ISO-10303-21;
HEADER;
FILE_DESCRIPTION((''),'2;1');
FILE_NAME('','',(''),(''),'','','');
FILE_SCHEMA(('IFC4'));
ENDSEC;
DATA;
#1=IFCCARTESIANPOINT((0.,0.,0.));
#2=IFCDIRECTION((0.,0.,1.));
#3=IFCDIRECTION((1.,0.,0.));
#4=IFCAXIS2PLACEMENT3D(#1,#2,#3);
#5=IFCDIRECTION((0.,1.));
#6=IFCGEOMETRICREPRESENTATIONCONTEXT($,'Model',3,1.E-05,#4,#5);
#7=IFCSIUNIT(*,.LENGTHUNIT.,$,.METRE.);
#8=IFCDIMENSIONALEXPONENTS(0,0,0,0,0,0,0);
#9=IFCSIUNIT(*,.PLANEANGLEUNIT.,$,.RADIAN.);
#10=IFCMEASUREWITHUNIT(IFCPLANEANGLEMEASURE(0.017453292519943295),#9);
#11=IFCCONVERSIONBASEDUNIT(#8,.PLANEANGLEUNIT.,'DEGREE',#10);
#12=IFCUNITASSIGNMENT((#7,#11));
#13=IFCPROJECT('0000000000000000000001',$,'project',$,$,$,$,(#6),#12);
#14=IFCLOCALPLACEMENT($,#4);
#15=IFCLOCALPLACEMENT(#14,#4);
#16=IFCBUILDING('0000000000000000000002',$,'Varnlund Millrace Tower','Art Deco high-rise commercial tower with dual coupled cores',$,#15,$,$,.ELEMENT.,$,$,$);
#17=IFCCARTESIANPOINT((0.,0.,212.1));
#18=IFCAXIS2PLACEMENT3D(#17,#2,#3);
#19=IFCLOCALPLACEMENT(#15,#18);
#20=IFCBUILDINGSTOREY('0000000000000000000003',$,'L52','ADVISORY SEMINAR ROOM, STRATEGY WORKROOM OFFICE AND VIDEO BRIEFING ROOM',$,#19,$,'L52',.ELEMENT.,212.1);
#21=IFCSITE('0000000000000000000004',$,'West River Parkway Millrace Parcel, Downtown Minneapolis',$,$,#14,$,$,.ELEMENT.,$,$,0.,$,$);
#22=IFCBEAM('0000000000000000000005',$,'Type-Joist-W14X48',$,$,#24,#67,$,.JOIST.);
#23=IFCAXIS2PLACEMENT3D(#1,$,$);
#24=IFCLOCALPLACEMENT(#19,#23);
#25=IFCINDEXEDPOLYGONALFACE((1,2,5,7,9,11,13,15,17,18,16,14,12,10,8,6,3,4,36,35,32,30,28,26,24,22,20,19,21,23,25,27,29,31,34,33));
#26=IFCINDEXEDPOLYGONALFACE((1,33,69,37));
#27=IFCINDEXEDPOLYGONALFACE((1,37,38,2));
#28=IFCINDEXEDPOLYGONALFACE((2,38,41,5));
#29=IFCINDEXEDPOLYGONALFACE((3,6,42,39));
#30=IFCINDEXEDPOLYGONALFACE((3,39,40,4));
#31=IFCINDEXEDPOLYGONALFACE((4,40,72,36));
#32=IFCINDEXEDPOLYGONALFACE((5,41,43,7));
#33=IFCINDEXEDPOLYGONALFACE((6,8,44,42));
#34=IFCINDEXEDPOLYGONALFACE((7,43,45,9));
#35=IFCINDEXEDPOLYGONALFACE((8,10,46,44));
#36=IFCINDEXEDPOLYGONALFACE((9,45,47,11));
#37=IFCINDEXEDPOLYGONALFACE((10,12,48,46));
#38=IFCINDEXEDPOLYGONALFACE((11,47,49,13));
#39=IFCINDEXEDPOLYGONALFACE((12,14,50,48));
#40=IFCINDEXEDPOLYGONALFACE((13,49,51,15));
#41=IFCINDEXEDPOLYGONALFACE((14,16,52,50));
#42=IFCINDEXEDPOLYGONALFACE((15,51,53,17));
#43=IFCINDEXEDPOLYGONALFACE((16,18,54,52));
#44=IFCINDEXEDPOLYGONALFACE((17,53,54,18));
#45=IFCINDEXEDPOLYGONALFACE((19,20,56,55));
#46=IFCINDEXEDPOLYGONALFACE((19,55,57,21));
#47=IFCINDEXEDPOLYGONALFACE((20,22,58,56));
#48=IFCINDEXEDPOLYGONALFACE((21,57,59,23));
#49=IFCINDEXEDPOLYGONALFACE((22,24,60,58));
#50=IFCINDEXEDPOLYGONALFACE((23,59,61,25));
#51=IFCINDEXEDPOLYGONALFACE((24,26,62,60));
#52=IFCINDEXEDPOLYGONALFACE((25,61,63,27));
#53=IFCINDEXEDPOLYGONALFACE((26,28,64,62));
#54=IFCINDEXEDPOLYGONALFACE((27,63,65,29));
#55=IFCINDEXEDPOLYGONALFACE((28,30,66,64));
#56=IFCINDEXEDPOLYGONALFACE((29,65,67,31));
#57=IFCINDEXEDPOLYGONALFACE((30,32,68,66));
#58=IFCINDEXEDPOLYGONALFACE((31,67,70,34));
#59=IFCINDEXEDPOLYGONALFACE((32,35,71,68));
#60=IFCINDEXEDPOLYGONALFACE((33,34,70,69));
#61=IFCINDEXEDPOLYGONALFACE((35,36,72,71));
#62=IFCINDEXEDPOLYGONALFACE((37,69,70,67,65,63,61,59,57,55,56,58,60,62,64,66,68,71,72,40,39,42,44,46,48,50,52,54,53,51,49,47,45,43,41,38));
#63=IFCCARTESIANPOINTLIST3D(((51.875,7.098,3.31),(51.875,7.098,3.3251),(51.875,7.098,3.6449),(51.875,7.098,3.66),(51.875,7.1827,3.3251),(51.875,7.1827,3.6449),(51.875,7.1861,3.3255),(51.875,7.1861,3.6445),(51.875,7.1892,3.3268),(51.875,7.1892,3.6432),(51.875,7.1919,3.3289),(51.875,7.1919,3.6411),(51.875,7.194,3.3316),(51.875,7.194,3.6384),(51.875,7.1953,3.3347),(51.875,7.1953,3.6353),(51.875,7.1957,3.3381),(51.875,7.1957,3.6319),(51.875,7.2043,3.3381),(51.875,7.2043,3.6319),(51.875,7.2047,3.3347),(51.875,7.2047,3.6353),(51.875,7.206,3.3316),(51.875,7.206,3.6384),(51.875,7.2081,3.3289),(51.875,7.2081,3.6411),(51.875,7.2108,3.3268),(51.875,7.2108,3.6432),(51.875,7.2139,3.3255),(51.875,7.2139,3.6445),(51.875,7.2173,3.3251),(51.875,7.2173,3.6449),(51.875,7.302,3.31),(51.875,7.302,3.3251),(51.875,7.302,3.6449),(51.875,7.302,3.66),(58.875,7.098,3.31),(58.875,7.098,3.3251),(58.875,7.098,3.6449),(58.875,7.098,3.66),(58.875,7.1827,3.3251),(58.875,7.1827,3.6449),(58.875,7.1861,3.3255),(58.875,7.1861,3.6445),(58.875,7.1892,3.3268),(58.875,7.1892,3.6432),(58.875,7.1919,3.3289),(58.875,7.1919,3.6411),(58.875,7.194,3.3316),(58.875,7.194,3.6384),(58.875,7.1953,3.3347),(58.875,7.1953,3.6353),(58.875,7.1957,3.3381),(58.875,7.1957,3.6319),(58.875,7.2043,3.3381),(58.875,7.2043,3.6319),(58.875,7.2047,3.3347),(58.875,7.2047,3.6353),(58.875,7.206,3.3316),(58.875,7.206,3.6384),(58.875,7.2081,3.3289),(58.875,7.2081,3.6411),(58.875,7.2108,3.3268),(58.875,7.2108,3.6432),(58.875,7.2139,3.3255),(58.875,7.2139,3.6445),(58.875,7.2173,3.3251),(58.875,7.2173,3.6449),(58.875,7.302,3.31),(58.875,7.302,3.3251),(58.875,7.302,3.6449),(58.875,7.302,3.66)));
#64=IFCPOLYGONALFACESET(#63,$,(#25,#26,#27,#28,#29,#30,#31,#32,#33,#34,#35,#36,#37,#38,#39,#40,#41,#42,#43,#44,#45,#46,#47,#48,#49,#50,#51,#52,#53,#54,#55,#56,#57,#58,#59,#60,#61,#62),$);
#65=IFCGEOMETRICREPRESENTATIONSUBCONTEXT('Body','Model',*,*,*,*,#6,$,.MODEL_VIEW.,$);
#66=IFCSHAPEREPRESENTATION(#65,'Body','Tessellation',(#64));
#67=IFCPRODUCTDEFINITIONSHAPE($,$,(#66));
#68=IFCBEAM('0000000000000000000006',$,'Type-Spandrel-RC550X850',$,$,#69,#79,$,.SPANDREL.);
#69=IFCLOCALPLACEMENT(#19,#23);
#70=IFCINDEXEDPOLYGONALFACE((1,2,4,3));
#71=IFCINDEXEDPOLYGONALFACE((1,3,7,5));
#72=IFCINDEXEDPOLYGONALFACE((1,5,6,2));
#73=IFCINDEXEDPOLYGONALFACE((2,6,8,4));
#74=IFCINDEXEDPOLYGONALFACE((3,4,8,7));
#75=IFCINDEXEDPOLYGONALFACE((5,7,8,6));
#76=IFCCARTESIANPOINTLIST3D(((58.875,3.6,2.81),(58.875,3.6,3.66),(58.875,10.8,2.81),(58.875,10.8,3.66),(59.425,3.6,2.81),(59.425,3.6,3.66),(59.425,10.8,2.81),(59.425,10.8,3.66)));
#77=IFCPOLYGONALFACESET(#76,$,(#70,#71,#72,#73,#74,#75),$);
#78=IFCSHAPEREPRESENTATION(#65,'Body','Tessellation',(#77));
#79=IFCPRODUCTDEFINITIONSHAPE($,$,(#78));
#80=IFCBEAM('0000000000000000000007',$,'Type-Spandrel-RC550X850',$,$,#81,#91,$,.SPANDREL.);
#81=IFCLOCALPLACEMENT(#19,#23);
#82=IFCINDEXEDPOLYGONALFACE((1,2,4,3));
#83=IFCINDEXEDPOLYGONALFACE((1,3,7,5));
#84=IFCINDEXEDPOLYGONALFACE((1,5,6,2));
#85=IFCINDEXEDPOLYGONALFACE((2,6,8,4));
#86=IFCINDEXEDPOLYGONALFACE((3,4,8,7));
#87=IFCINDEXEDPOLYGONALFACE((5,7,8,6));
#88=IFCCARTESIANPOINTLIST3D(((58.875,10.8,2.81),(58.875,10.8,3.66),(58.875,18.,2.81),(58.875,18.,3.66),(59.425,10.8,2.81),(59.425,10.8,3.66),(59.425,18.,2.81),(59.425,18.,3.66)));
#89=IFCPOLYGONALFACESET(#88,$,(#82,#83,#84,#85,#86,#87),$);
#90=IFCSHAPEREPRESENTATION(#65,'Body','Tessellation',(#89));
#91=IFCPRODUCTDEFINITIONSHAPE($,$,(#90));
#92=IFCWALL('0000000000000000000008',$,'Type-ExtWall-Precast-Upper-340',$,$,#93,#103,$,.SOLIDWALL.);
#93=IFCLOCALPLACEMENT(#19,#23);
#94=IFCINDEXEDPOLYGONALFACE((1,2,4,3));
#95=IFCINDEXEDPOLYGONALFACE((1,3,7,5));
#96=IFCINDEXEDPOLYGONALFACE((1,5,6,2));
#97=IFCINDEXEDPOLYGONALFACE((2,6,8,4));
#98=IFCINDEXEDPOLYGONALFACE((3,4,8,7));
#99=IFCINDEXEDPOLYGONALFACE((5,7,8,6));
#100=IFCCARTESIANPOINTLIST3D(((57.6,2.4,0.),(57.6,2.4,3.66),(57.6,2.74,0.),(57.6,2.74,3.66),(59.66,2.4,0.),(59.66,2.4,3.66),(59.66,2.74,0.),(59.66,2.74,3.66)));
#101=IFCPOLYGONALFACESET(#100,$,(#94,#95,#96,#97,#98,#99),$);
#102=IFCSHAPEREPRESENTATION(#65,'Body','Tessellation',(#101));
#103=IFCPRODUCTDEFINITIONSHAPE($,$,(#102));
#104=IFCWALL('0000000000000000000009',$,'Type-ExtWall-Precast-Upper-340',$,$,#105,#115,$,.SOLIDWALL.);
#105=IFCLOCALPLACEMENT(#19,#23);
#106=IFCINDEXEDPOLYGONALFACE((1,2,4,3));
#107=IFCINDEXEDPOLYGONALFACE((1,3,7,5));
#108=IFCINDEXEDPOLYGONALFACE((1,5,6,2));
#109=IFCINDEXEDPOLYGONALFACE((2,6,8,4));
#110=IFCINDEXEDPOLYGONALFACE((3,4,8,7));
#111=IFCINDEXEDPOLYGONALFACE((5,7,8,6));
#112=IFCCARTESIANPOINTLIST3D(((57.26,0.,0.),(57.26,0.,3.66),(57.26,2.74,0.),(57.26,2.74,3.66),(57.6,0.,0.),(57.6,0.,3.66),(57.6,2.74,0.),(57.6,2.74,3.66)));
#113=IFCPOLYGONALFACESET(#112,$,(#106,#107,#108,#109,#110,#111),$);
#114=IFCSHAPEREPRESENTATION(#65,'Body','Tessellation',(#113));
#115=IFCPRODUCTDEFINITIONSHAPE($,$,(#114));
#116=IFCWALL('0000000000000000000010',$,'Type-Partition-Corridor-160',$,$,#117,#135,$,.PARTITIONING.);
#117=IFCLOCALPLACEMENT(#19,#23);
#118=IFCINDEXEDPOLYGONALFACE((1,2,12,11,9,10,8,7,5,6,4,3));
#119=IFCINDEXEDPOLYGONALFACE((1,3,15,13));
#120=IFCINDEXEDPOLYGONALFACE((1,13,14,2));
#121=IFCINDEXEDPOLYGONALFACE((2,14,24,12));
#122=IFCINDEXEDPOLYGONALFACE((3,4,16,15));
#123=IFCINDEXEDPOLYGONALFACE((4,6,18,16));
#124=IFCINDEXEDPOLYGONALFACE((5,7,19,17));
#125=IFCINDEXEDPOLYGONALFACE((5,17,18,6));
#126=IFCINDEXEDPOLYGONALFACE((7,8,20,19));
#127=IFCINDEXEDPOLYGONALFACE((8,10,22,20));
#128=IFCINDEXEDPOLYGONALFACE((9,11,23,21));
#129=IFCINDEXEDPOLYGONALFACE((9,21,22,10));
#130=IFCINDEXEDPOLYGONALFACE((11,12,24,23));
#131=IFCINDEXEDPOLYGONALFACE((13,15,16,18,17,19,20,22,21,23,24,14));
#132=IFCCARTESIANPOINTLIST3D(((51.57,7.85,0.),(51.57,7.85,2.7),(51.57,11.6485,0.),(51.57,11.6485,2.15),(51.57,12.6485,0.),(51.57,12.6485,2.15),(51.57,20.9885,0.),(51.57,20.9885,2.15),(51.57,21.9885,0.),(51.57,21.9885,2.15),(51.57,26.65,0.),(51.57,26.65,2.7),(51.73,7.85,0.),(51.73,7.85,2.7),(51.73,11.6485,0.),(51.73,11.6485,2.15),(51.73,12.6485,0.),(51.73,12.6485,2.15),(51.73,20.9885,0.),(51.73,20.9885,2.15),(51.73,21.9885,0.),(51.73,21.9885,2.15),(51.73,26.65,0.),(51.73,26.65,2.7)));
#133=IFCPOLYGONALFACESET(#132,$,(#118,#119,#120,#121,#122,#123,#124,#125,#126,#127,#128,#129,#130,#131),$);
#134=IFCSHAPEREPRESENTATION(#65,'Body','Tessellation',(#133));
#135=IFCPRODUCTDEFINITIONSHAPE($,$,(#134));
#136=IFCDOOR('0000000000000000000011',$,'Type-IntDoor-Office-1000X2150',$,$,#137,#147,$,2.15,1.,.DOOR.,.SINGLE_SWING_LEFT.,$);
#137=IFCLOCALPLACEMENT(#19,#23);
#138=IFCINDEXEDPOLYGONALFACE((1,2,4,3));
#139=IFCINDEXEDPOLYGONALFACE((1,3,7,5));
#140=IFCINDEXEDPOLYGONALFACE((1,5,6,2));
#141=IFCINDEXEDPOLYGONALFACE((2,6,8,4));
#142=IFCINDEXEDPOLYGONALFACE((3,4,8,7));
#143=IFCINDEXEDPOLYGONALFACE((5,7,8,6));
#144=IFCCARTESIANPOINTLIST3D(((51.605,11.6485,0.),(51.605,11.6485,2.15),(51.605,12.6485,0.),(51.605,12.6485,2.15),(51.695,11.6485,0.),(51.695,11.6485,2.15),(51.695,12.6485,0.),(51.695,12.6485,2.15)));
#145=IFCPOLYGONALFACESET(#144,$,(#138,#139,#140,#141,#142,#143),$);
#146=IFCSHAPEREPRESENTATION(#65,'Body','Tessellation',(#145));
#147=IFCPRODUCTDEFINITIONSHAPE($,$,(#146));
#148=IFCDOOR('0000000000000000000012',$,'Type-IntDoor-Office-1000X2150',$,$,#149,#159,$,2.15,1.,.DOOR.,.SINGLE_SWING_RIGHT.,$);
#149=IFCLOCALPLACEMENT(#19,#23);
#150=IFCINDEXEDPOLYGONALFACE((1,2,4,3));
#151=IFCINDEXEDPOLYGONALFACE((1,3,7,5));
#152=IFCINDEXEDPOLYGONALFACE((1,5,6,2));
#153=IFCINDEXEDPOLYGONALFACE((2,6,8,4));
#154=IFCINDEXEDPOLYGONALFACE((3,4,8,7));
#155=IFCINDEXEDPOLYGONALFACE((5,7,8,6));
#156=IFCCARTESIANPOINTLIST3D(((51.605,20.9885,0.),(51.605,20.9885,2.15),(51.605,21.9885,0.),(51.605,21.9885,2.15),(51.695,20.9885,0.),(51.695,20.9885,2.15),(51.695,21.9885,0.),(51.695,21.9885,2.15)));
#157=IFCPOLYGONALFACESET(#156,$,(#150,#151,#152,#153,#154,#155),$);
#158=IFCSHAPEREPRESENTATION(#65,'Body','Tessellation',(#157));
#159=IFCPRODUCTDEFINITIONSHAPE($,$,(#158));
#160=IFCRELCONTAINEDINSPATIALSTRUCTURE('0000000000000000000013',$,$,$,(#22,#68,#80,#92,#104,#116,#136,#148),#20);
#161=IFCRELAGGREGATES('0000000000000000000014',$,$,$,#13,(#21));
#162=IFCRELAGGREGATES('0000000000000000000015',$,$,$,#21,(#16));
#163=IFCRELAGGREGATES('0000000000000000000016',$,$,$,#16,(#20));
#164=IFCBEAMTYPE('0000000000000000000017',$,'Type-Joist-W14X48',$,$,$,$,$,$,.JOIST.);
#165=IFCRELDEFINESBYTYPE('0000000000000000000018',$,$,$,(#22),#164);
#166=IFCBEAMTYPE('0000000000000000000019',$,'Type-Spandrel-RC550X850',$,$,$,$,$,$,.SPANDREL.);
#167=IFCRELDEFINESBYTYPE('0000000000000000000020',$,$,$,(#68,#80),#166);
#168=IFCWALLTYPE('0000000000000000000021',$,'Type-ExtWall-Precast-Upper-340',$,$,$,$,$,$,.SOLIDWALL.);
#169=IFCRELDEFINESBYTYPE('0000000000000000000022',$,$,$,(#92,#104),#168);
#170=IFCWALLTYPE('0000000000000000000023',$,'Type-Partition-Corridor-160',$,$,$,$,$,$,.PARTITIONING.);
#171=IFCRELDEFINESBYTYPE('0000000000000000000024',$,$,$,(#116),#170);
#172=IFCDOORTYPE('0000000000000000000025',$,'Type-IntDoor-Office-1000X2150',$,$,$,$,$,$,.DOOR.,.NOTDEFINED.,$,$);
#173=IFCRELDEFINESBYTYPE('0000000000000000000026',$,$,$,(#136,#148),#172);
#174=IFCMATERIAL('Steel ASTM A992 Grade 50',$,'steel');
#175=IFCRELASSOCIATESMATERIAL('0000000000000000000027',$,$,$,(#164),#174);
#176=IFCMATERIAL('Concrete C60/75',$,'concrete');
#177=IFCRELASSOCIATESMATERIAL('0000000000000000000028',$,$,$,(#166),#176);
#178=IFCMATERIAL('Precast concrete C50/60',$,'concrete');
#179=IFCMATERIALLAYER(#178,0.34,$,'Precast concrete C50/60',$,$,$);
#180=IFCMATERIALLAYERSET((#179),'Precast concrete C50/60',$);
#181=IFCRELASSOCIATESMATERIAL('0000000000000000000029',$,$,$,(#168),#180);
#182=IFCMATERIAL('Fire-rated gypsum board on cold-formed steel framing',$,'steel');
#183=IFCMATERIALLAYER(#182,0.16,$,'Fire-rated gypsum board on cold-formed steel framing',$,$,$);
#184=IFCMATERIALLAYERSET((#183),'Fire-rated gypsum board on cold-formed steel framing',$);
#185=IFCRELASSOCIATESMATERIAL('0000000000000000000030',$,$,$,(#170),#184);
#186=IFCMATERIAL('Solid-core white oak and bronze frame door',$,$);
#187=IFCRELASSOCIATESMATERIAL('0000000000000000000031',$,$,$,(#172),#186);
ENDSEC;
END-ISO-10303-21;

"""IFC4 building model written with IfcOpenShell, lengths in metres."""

from ifc_helpers import new_model, entity, si_unit, converted_unit, direction, frame, origin_with_axes, origin_2d_with_axis, place, context, subcontext, project, spatial, polyline, rectangle, i_section, outline, extrude, material, layer, layer_set, material_profile, profile_set, type_object, element, fill, save


model = new_model("IFC4")

# Units and contexts
model_context = context("Model", 3, precision=1e-05, world=origin_with_axes(), true_north=direction((0.0, 1.0)))
body_context = subcontext(model_context, "Body", "Model", "MODEL_VIEW")
ifc_project = project(units=[si_unit("LENGTHUNIT", "METRE"), converted_unit("PLANEANGLEUNIT", "DEGREE", entity("IfcPlaneAngleMeasure", 0.017453292519943295), si_unit("PLANEANGLEUNIT", "RADIAN"), dimensions=[0, 0, 0, 0, 0, 0, 0])], contexts=[model_context])

# Site, building, storey
site_placement = place(None, origin_with_axes())
site = spatial("IfcSite", under=ifc_project, at=site_placement, Name="West River Parkway Millrace Parcel, Downtown Minneapolis", CompositionType="ELEMENT", RefElevation=0.0)
building_placement = place(site_placement, origin_with_axes())
building = spatial("IfcBuilding", under=site, at=building_placement, Name="Varnlund Millrace Tower", Description="Art Deco high-rise commercial tower with dual coupled cores", CompositionType="ELEMENT")
storey_placement = place(building_placement, frame((0.0, 0.0, 212.1), z_axis=(0.0, 0.0, 1.0), x_axis=(1.0, 0.0, 0.0)))
storey = spatial("IfcBuildingStorey", under=building, at=storey_placement, Name="L52", Description="ADVISORY SEMINAR ROOM, STRATEGY WORKROOM OFFICE AND VIDEO BRIEFING ROOM", LongName="L52", CompositionType="ELEMENT", Elevation=212.1)

# Beams
ifc_material_1 = material(Name="Steel ASTM A992 Grade 50", Category="steel")
ifc_material_profile_1 = material_profile(ifc_material_1, i_section(OverallWidth=0.204, OverallDepth=0.35, WebThickness=0.0086, FlangeThickness=0.0151, FilletRadius=0.013, at=origin_2d_with_axis()), Name="Steel ASTM A992 Grade 50")
ifc_profile_set_1 = profile_set([ifc_material_profile_1], Name="Steel ASTM A992 Grade 50")
beam_type_1 = type_object("IfcBeamType", Name="Type-Joist-W14X48", PredefinedType="JOIST", material=ifc_profile_set_1)
beam_placement = place(storey_placement, frame((51.875, 7.2, 3.485), z_axis=(1.0, 0.0, 0.0), x_axis=(0.0, 1.0, 0.0)))
element("IfcBeam", 1, at=beam_placement, inside=storey, type_object=beam_type_1, Name="Type-Joist-W14X48", PredefinedType="JOIST", context=body_context, shape_type="SweptSolid", body=[
    extrude(i_section(OverallWidth=0.204, OverallDepth=0.35, WebThickness=0.0086, FlangeThickness=0.0151, FilletRadius=0.013, at=origin_2d_with_axis()), origin_with_axes(), (0.0, 0.0, 1.0), 7.0),
])
ifc_material_2 = material(Name="Concrete C60/75", Category="concrete")
ifc_material_profile_2 = material_profile(ifc_material_2, rectangle(XDim=0.55, YDim=0.85, at=origin_2d_with_axis()), Name="Concrete C60/75")
ifc_profile_set_2 = profile_set([ifc_material_profile_2], Name="Concrete C60/75")
beam_type_2 = type_object("IfcBeamType", Name="Type-Spandrel-RC550X850", PredefinedType="SPANDREL", material=ifc_profile_set_2)
for number, where, z_axis, x_axis, name in (
    (2, (59.15, 3.6, 3.235), (0.0, 1.0, 0.0), (-1.0, 0.0, 0.0), "Type-Spandrel-RC550X850"),
    (3, (59.15, 10.8, 3.235), (0.0, 1.0, 0.0), (-1.0, 0.0, 0.0), "Type-Spandrel-RC550X850"),
):
    element("IfcBeam", number, at=place(storey_placement, frame(where, z_axis=z_axis, x_axis=x_axis)), inside=storey, type_object=beam_type_2, Name=name, PredefinedType="SPANDREL", context=body_context, shape_type="SweptSolid", body=[
        extrude(rectangle(XDim=0.55, YDim=0.85, at=origin_2d_with_axis()), origin_with_axes(), (0.0, 0.0, 1.0), 7.2),
    ])

# Walls
ifc_material_3 = material(Name="Precast concrete C50/60", Category="concrete")
ifc_layer_1 = layer(ifc_material_3, 0.34, Name="Precast concrete C50/60")
ifc_layer_set_1 = layer_set([ifc_layer_1], Name="Precast concrete C50/60")
wall_type_1 = type_object("IfcWallType", Name="Type-ExtWall-Precast-Upper-340", PredefinedType="SOLIDWALL", material=ifc_layer_set_1)
wall_1_placement = place(storey_placement, frame((59.66, 2.57, 0.0), z_axis=(0.0, 0.0, 1.0), x_axis=(-1.0, 0.0, 0.0)))
element("IfcWall", 4, at=wall_1_placement, inside=storey, type_object=wall_type_1, Name="Type-ExtWall-Precast-Upper-340", PredefinedType="SOLIDWALL", context=body_context, shape_type="SweptSolid", body=[
    extrude(outline(polyline([(0.0, -0.17), (2.06, -0.17), (2.06, 0.17), (0.0, 0.17), (0.0, -0.17)])), origin_with_axes(), (0.0, 0.0, 1.0), 3.66),
])
wall_2_placement = place(storey_placement, frame((57.43, 2.74, 0.0), z_axis=(0.0, 0.0, 1.0), x_axis=(0.0, -1.0, 0.0)))
element("IfcWall", 5, at=wall_2_placement, inside=storey, type_object=wall_type_1, Name="Type-ExtWall-Precast-Upper-340", PredefinedType="SOLIDWALL", context=body_context, shape_type="SweptSolid", body=[
    extrude(outline(polyline([(0.0, -0.17), (2.74, -0.17), (2.74, 0.17), (0.0, 0.17), (0.0, -0.17)])), origin_with_axes(), (0.0, 0.0, 1.0), 3.66),
])

# Wall, openings, doors
ifc_material_4 = material(Name="Fire-rated gypsum board on cold-formed steel framing", Category="steel")
ifc_layer_2 = layer(ifc_material_4, 0.16, Name="Fire-rated gypsum board on cold-formed steel framing")
ifc_layer_set_2 = layer_set([ifc_layer_2], Name="Fire-rated gypsum board on cold-formed steel framing")
wall_type_2 = type_object("IfcWallType", Name="Type-Partition-Corridor-160", PredefinedType="PARTITIONING", material=ifc_layer_set_2)
wall_3_placement = place(storey_placement, frame((51.65, 7.85, 0.0), z_axis=(0.0, 0.0, 1.0), x_axis=(0.0, 1.0, 0.0)))
wall_3 = element("IfcWall", 6, at=wall_3_placement, inside=storey, type_object=wall_type_2, Name="Type-Partition-Corridor-160", PredefinedType="PARTITIONING", context=body_context, shape_type="SweptSolid", body=[
    extrude(outline(polyline([(0.0, -0.08), (18.8, -0.08), (18.8, 0.08), (0.0, 0.08), (0.0, -0.08)])), origin_with_axes(), (0.0, 0.0, 1.0), 2.7),
])
opening_1_placement = place(wall_3_placement, frame((4.2985, 0.0, 0.0), z_axis=(0.0, 0.0, 1.0), x_axis=(1.0, 0.0, 0.0)))
opening_1 = element("IfcOpeningElement", 7, at=opening_1_placement, cuts=wall_3, PredefinedType="OPENING", context=body_context, shape_type="SweptSolid", body=[
    extrude(rectangle(XDim=1.0, YDim=0.18, at=origin_2d_with_axis()), origin_with_axes(), (0.0, 0.0, 1.0), 2.15),
])
opening_2_placement = place(wall_3_placement, frame((13.6385, 0.0, 0.0), z_axis=(0.0, 0.0, 1.0), x_axis=(1.0, 0.0, 0.0)))
opening_2 = element("IfcOpeningElement", 8, at=opening_2_placement, cuts=wall_3, PredefinedType="OPENING", context=body_context, shape_type="SweptSolid", body=[
    extrude(rectangle(XDim=1.0, YDim=0.18, at=origin_2d_with_axis()), origin_with_axes(), (0.0, 0.0, 1.0), 2.15),
])
ifc_material_5 = material(Name="Solid-core white oak and bronze frame door")
door_type = type_object("IfcDoorType", Name="Type-IntDoor-Office-1000X2150", OperationType="NOTDEFINED", PredefinedType="DOOR", material=ifc_material_5)
door_1_placement = place(wall_3_placement, frame((4.2985, 0.0, 0.0), z_axis=(0.0, 0.0, 1.0), x_axis=(1.0, 0.0, 0.0)))
door_1 = element("IfcDoor", 9, at=door_1_placement, inside=storey, type_object=door_type, Name="Type-IntDoor-Office-1000X2150", OperationType="SINGLE_SWING_LEFT", OverallHeight=2.15, OverallWidth=1.0, PredefinedType="DOOR", context=body_context, shape_type="SweptSolid", body=[
    extrude(rectangle(XDim=1.0, YDim=0.09, at=origin_2d_with_axis()), origin_with_axes(), (0.0, 0.0, 1.0), 2.15),
])
fill(opening_1, door_1)
door_2_placement = place(wall_3_placement, frame((13.6385, 0.0, 0.0), z_axis=(0.0, 0.0, 1.0), x_axis=(1.0, 0.0, 0.0)))
door_2 = element("IfcDoor", 10, at=door_2_placement, inside=storey, type_object=door_type, Name="Type-IntDoor-Office-1000X2150", OperationType="SINGLE_SWING_RIGHT", OverallHeight=2.15, OverallWidth=1.0, PredefinedType="DOOR", context=body_context, shape_type="SweptSolid", body=[
    extrude(rectangle(XDim=1.0, YDim=0.09, at=origin_2d_with_axis()), origin_with_axes(), (0.0, 0.0, 1.0), 2.15),
])
fill(opening_2, door_2)

save(model, "model.ifc")
